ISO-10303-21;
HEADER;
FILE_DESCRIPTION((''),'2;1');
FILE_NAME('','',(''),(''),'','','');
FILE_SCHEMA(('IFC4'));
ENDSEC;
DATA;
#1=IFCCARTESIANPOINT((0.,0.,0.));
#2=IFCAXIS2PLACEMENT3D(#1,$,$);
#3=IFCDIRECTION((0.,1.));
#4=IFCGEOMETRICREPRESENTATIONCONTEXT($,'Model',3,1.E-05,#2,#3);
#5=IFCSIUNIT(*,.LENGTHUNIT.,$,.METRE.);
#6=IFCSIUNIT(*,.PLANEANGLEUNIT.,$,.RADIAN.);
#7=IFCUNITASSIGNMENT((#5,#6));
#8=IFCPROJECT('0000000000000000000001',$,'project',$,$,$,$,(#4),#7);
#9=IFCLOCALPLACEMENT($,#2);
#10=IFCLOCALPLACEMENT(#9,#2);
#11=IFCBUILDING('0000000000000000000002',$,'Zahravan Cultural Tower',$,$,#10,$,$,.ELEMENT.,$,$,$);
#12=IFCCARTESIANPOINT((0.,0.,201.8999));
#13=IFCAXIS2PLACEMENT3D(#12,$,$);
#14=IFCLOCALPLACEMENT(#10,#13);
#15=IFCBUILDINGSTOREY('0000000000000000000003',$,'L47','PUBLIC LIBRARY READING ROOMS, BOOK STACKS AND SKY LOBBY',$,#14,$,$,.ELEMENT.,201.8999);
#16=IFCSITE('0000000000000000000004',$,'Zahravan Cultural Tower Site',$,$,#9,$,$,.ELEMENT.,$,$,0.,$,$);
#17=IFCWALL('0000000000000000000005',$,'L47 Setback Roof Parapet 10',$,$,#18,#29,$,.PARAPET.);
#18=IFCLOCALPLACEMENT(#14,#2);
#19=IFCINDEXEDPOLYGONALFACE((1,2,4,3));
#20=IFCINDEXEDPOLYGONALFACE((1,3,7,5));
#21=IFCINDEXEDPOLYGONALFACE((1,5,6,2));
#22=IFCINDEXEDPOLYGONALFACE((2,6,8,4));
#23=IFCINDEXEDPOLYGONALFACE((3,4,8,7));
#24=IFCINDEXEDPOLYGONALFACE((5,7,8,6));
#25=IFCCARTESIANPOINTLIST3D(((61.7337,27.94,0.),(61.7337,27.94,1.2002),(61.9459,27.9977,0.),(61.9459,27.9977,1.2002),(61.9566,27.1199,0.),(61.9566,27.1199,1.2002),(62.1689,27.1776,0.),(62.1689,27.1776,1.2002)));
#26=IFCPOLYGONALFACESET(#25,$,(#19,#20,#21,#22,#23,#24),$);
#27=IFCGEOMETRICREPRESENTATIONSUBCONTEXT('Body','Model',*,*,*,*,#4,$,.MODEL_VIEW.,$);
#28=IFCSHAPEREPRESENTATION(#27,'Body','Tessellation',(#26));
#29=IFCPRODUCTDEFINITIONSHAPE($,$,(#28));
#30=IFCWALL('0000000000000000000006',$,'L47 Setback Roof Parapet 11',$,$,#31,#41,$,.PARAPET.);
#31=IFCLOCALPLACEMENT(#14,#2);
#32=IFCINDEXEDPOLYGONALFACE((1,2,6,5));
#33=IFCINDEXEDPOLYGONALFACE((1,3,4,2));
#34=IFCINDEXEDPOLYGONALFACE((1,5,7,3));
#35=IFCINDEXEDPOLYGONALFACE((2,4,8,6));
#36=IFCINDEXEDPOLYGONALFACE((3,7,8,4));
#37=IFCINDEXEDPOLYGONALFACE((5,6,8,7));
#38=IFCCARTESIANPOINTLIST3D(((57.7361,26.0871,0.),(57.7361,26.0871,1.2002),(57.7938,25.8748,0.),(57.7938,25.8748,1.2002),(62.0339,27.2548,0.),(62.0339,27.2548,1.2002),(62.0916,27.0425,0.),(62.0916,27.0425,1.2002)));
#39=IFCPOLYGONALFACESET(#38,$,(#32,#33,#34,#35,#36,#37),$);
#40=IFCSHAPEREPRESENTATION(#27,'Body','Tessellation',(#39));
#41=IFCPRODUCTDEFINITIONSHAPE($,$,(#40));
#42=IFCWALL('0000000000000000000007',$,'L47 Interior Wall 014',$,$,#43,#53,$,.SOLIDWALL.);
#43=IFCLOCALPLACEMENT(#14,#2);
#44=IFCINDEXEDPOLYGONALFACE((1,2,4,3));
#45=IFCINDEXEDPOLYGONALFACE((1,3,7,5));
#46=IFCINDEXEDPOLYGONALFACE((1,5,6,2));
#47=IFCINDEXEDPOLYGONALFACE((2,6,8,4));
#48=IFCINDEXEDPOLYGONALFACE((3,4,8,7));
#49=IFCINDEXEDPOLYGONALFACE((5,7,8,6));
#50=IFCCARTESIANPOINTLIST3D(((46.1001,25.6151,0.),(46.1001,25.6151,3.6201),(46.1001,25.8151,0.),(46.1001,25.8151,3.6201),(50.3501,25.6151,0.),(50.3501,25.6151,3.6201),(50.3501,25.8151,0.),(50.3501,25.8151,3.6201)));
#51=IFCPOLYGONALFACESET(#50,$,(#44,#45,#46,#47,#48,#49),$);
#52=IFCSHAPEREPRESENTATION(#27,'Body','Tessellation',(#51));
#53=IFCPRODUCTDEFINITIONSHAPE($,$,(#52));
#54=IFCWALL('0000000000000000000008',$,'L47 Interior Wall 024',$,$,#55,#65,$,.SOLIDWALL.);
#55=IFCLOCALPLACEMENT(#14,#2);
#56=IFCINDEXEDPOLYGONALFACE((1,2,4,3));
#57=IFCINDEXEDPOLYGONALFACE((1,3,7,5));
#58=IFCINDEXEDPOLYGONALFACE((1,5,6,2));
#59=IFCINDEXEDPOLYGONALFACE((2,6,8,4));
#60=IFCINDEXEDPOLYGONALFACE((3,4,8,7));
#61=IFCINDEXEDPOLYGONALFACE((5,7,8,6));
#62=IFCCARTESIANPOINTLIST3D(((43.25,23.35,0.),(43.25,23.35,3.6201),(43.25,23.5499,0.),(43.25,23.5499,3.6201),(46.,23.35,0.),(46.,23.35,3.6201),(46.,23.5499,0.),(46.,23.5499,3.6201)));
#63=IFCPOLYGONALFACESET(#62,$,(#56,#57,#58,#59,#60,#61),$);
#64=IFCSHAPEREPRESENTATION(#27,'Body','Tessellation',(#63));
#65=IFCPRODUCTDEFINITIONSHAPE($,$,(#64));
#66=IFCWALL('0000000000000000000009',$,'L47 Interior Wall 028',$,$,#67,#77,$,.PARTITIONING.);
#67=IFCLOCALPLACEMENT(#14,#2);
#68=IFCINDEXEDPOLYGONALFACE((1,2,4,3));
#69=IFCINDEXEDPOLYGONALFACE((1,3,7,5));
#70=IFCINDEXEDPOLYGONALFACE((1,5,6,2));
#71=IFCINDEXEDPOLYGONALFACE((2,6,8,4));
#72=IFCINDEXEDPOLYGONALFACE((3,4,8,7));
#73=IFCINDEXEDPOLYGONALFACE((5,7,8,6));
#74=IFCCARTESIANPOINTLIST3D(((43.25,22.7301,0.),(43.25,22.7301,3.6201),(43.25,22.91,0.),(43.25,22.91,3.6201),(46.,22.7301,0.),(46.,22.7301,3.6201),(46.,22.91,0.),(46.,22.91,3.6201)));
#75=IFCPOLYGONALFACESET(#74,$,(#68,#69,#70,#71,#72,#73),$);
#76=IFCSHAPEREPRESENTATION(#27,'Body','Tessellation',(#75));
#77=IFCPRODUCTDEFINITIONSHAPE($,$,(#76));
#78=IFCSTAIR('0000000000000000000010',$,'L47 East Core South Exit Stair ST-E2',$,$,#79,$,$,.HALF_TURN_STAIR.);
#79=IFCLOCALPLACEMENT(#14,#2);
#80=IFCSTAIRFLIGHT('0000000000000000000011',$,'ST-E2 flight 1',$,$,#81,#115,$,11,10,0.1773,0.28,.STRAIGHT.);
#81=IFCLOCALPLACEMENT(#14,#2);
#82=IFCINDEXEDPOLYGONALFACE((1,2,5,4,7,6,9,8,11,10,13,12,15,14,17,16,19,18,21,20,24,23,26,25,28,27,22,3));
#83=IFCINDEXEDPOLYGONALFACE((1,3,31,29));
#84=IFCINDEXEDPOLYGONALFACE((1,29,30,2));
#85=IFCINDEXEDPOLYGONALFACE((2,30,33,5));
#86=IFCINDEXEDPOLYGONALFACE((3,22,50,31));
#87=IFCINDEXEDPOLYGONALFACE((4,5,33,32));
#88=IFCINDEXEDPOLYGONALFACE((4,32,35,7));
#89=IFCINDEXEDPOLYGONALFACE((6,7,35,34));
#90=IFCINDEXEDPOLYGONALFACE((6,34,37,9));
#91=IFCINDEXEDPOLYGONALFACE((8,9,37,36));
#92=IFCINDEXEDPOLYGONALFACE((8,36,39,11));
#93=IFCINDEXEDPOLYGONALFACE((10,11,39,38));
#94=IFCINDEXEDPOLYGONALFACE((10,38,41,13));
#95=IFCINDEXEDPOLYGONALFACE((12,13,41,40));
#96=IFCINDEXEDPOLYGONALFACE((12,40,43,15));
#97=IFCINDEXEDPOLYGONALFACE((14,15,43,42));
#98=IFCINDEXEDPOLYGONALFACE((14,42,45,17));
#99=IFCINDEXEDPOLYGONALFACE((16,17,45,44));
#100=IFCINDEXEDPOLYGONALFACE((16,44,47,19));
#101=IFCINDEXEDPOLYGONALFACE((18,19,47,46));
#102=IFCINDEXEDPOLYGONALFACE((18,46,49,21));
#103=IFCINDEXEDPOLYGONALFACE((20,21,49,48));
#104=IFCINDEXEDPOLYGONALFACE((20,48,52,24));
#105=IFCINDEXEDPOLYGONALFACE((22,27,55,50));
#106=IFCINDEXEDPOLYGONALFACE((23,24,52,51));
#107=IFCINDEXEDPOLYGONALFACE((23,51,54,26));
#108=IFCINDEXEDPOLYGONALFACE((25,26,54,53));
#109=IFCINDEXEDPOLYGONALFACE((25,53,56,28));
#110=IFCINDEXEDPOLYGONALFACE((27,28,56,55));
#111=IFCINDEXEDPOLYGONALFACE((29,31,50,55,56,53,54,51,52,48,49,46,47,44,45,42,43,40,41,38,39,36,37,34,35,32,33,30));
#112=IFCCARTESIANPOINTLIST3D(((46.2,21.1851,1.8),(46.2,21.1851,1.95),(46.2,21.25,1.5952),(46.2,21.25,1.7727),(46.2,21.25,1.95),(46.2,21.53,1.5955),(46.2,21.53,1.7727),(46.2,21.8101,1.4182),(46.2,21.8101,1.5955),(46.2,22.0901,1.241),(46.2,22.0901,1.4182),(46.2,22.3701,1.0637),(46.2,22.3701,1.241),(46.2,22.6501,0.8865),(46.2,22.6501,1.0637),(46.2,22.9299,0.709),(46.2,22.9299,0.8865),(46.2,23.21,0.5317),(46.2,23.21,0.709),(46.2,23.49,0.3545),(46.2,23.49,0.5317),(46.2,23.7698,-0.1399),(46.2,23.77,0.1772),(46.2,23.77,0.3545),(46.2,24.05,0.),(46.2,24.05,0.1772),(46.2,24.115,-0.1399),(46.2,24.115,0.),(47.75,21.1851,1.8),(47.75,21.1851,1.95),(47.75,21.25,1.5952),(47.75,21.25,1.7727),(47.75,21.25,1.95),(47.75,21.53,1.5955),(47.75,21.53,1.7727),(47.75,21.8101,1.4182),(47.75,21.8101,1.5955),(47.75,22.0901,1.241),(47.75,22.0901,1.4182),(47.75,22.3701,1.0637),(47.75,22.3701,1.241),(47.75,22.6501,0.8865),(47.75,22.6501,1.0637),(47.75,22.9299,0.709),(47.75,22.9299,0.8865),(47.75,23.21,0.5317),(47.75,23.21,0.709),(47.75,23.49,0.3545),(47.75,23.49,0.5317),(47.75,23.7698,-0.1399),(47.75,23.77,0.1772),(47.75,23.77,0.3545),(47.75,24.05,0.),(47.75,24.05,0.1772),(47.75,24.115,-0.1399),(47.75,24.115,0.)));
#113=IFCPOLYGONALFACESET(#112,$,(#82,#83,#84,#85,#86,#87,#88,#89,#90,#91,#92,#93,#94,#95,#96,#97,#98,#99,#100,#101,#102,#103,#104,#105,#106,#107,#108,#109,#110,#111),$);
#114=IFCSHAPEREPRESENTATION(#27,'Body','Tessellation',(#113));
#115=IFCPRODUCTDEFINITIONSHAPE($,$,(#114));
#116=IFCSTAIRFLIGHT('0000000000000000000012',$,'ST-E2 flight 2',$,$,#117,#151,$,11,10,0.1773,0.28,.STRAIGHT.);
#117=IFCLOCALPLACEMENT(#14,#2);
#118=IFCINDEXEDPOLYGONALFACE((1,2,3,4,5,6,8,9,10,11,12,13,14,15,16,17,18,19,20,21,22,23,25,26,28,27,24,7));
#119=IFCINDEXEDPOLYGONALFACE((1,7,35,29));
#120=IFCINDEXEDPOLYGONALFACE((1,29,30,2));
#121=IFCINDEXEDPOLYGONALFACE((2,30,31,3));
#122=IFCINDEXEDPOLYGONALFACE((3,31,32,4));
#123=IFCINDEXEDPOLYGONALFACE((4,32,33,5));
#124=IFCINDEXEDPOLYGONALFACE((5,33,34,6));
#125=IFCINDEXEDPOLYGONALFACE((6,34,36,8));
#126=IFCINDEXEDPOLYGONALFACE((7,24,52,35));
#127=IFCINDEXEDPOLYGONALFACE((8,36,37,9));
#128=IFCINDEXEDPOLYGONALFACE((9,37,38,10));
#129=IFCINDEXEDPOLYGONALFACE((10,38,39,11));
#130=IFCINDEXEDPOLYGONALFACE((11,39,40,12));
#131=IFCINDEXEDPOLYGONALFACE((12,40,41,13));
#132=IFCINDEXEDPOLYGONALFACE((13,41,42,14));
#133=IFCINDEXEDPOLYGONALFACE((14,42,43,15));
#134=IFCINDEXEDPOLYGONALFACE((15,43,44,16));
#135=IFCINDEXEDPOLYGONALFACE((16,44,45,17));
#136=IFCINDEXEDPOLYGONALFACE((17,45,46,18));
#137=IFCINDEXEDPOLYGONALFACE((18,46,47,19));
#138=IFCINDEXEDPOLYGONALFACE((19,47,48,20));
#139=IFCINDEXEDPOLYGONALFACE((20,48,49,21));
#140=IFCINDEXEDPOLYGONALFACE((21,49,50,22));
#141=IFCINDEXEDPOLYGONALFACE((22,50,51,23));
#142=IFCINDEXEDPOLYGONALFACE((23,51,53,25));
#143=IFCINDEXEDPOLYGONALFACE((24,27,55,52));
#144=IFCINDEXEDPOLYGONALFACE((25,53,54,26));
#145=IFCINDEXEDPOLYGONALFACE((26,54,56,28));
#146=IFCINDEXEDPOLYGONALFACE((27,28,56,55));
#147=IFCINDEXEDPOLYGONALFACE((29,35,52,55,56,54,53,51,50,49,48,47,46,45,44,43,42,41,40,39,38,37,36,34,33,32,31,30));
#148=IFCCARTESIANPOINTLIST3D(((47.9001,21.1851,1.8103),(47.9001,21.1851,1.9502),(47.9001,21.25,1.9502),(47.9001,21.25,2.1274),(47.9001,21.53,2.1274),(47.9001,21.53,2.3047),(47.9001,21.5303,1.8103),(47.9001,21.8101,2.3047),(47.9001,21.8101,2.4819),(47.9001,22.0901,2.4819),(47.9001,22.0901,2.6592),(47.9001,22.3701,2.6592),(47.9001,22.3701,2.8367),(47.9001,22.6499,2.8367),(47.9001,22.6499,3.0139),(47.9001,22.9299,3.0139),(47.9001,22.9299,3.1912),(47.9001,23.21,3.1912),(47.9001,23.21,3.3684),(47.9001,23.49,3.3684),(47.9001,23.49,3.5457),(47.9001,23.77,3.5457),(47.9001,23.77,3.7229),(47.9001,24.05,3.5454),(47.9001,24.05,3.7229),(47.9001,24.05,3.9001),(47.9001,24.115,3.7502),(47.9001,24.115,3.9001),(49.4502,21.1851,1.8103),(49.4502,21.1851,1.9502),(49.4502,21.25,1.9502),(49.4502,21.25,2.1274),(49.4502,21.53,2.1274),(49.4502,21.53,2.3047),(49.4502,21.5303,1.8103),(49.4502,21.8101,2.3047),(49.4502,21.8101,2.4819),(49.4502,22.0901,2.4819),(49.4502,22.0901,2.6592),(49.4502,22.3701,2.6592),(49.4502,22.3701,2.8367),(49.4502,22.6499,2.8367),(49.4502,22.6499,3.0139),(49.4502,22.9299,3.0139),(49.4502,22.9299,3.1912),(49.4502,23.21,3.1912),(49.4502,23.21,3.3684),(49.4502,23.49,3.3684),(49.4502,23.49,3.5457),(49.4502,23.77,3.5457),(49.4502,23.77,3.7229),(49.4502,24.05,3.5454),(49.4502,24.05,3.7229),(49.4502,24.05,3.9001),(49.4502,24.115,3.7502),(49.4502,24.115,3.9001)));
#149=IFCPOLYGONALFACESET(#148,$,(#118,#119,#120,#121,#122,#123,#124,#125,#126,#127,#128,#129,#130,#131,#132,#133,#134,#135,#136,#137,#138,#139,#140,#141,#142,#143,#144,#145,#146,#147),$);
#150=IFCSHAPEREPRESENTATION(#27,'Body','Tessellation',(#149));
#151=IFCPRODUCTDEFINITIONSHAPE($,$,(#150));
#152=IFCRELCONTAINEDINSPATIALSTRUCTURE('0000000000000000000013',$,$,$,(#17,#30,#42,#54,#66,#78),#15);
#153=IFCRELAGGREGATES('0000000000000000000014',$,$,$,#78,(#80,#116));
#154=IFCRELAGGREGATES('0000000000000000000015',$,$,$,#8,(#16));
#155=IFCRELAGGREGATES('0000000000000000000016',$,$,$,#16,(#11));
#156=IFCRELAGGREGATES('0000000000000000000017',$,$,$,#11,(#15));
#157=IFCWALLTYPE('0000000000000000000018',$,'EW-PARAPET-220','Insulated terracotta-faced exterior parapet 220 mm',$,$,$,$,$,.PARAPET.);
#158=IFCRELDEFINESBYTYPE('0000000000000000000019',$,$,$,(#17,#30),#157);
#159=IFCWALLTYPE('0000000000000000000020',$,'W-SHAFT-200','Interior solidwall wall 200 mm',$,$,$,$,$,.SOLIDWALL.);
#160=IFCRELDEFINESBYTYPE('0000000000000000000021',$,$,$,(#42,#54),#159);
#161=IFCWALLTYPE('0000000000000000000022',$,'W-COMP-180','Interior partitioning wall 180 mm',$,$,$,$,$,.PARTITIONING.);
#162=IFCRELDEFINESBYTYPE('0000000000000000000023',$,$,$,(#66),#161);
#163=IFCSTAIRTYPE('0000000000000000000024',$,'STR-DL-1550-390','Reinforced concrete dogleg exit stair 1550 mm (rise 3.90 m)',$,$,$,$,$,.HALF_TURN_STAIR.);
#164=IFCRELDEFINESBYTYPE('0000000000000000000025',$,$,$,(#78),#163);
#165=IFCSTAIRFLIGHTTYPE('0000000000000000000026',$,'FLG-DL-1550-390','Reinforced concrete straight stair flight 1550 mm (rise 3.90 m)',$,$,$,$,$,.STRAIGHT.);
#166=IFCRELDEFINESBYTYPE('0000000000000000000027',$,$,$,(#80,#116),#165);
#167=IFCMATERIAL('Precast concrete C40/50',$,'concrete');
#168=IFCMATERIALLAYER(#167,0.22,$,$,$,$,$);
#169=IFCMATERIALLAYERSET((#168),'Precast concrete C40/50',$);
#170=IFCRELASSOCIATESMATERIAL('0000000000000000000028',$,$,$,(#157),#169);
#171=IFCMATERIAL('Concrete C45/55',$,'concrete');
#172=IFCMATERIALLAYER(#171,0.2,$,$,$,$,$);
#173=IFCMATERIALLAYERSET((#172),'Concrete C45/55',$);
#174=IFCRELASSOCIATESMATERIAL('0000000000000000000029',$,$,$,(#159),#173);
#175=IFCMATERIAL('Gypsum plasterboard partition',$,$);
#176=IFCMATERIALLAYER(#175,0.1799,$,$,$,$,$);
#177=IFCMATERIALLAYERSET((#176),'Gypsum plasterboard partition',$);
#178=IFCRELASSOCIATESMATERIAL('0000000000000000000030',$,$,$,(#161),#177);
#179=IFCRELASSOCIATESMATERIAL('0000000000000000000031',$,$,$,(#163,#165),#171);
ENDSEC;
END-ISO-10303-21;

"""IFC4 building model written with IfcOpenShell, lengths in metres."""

from ifc_helpers import new_model, si_unit, direction, frame, frame_2d, origin, place, context, subcontext, project, spatial, polyline, rectangle, outline, extrude, source, transform, mapped, material, layer, layer_set, type_object, element, aggregate, save


model = new_model("IFC4")

# Units and contexts
model_context = context("Model", 3, precision=1e-05, world=origin(), true_north=direction((0.0, 1.0)))
body_context = subcontext(model_context, "Body", "Model", "MODEL_VIEW")
ifc_project = project(units=[si_unit("LENGTHUNIT", "METRE"), si_unit("PLANEANGLEUNIT", "RADIAN")], contexts=[model_context])

# Site, building, storey
site_placement = place(None, origin())
site = spatial("IfcSite", under=ifc_project, at=site_placement, Name="Zahravan Cultural Tower Site", CompositionType="ELEMENT", RefElevation=0.0)
building_placement = place(site_placement, origin())
building = spatial("IfcBuilding", under=site, at=building_placement, Name="Zahravan Cultural Tower", CompositionType="ELEMENT")
storey_placement = place(building_placement, frame((0.0, 0.0, 201.8999)))
storey = spatial("IfcBuildingStorey", under=building, at=storey_placement, Name="L47", Description="PUBLIC LIBRARY READING ROOMS, BOOK STACKS AND SKY LOBBY", CompositionType="ELEMENT", Elevation=201.8999)

# Shared definitions
ifc_material_1 = material(Name="Precast concrete C40/50", Category="concrete")

# Walls
ifc_layer_1 = layer(ifc_material_1, 0.22)
ifc_layer_set_1 = layer_set([ifc_layer_1], Name="Precast concrete C40/50")
wall_type_1 = type_object("IfcWallType", Name="EW-PARAPET-220", Description="Insulated terracotta-faced exterior parapet 220 mm", PredefinedType="PARAPET", material=ifc_layer_set_1)
shared_shape_1 = source(origin(), body_context, "Body", "SweptSolid", [
    extrude(rectangle(XDim=0.8499, YDim=0.22, at=frame_2d((0.4248, 0.0))), origin(), (0.0, 0.0, 1.0), 1.2002),
])
wall_1_placement = place(storey_placement, frame((61.8398, 27.9688, 0.0), z_axis=(0.0, 0.0, 1.0), x_axis=(0.262291, -0.964989, 0.0)))
element("IfcWall", 1, at=wall_1_placement, inside=storey, type_object=wall_type_1, Name="L47 Setback Roof Parapet 10", PredefinedType="PARAPET", context=body_context, shape_type="MappedRepresentation", body=[
    mapped(shared_shape_1, transform((0.0, 0.0, 0.0), x_axis=(1.0, 0.0, 0.0), y_axis=(0.0, 1.0, 0.0), z_axis=(0.0, 0.0, 1.0), scale=1.0)),
])
shared_shape_2 = source(origin(), body_context, "Body", "SweptSolid", [
    extrude(rectangle(XDim=4.4536, YDim=0.22, at=frame_2d((2.2268, 0.0))), origin(), (0.0, 0.0, 1.0), 1.2002),
])
wall_2_placement = place(storey_placement, frame((62.0627, 27.1487, 0.0), z_axis=(0.0, 0.0, 1.0), x_axis=(-0.965015, -0.262194, 0.0)))
element("IfcWall", 2, at=wall_2_placement, inside=storey, type_object=wall_type_1, Name="L47 Setback Roof Parapet 11", PredefinedType="PARAPET", context=body_context, shape_type="MappedRepresentation", body=[
    mapped(shared_shape_2, transform((0.0, 0.0, 0.0), x_axis=(1.0, 0.0, 0.0), y_axis=(0.0, 1.0, 0.0), z_axis=(0.0, 0.0, 1.0), scale=1.0)),
])
ifc_material_2 = material(Name="Concrete C45/55", Category="concrete")
ifc_layer_2 = layer(ifc_material_2, 0.2)
ifc_layer_set_2 = layer_set([ifc_layer_2], Name="Concrete C45/55")
wall_type_2 = type_object("IfcWallType", Name="W-SHAFT-200", Description="Interior solidwall wall 200 mm", PredefinedType="SOLIDWALL", material=ifc_layer_set_2)
shared_shape_3 = source(origin(), body_context, "Body", "SweptSolid", [
    extrude(rectangle(XDim=4.25, YDim=0.2, at=frame_2d((2.125, 0.0))), origin(), (0.0, 0.0, 1.0), 3.6201),
])
wall_3_placement = place(storey_placement, frame((46.1001, 25.7151, 0.0), z_axis=(0.0, 0.0, 1.0), x_axis=(1.0, 0.0, 0.0)))
element("IfcWall", 3, at=wall_3_placement, inside=storey, type_object=wall_type_2, Name="L47 Interior Wall 014", PredefinedType="SOLIDWALL", context=body_context, shape_type="MappedRepresentation", body=[
    mapped(shared_shape_3, transform((0.0, 0.0, 0.0), x_axis=(1.0, 0.0, 0.0), y_axis=(0.0, 1.0, 0.0), z_axis=(0.0, 0.0, 1.0), scale=1.0)),
])
shared_shape_4 = source(origin(), body_context, "Body", "SweptSolid", [
    extrude(rectangle(XDim=2.75, YDim=0.2, at=frame_2d((1.375, 0.0))), origin(), (0.0, 0.0, 1.0), 3.6201),
])
wall_4_placement = place(storey_placement, frame((43.25, 23.45, 0.0), z_axis=(0.0, 0.0, 1.0), x_axis=(1.0, 0.0, 0.0)))
element("IfcWall", 4, at=wall_4_placement, inside=storey, type_object=wall_type_2, Name="L47 Interior Wall 024", PredefinedType="SOLIDWALL", context=body_context, shape_type="MappedRepresentation", body=[
    mapped(shared_shape_4, transform((0.0, 0.0, 0.0), x_axis=(1.0, 0.0, 0.0), y_axis=(0.0, 1.0, 0.0), z_axis=(0.0, 0.0, 1.0), scale=1.0)),
])
ifc_material_3 = material(Name="Gypsum plasterboard partition")
ifc_layer_3 = layer(ifc_material_3, 0.1799)
ifc_layer_set_3 = layer_set([ifc_layer_3], Name="Gypsum plasterboard partition")
wall_type_3 = type_object("IfcWallType", Name="W-COMP-180", Description="Interior partitioning wall 180 mm", PredefinedType="PARTITIONING", material=ifc_layer_set_3)
shared_shape_5 = source(origin(), body_context, "Body", "SweptSolid", [
    extrude(rectangle(XDim=2.75, YDim=0.1799, at=frame_2d((1.375, 0.0))), origin(), (0.0, 0.0, 1.0), 3.6201),
])
wall_5_placement = place(storey_placement, frame((43.25, 22.8201, 0.0), z_axis=(0.0, 0.0, 1.0), x_axis=(1.0, 0.0, 0.0)))
element("IfcWall", 5, at=wall_5_placement, inside=storey, type_object=wall_type_3, Name="L47 Interior Wall 028", PredefinedType="PARTITIONING", context=body_context, shape_type="MappedRepresentation", body=[
    mapped(shared_shape_5, transform((0.0, 0.0, 0.0), x_axis=(1.0, 0.0, 0.0), y_axis=(0.0, 1.0, 0.0), z_axis=(0.0, 0.0, 1.0), scale=1.0)),
])

# Stair, stair flights
stair_type = type_object("IfcStairType", Name="STR-DL-1550-390", Description="Reinforced concrete dogleg exit stair 1550 mm (rise 3.90 m)", PredefinedType="HALF_TURN_STAIR", material=ifc_material_2)
stair_placement = place(storey_placement, origin())
stair = element("IfcStair", 6, at=stair_placement, inside=storey, type_object=stair_type, Name="L47 East Core South Exit Stair ST-E2", PredefinedType="HALF_TURN_STAIR")
stair_flight_type = type_object("IfcStairFlightType", Name="FLG-DL-1550-390", Description="Reinforced concrete straight stair flight 1550 mm (rise 3.90 m)", PredefinedType="STRAIGHT", material=ifc_material_2)
stair_flight_1_placement = place(storey_placement, frame((46.9751, 24.05, 0.0), z_axis=(0.0, 0.0, 1.0), x_axis=(0.0, -1.0, 0.0)))
stair_flight_1 = element("IfcStairFlight", 7, at=stair_flight_1_placement, type_object=stair_flight_type, Name="ST-E2 flight 1", NumberOfRisers=11, NumberOfTreads=10, PredefinedType="STRAIGHT", RiserHeight=0.1773, TreadLength=0.28, context=body_context, shape_type="SweptSolid", body=[
    extrude(outline(polyline([(-0.0649, -0.1399), (-0.0649, 0.0), (0.0, 0.0), (0.0, 0.1772), (0.28, 0.1772), (0.28, 0.3545), (0.5601, 0.3545), (0.5601, 0.5317), (0.8401, 0.5317), (0.8401, 0.709), (1.1201, 0.709), (1.1201, 0.8865), (1.3999, 0.8865), (1.3999, 1.0637), (1.6799, 1.0637), (1.6799, 1.241), (1.96, 1.241), (1.96, 1.4182), (2.24, 1.4182), (2.24, 1.5955), (2.52, 1.5955), (2.52, 1.7727), (2.8, 1.7727), (2.8, 1.95), (2.865, 1.95), (2.865, 1.8), (2.8, 1.5952), (0.2803, -0.1399), (-0.0649, -0.1399)])), frame((0.0, 0.7749, 0.0), z_axis=(0.0, -1.0, 0.0), x_axis=(1.0, 0.0, 0.0)), (0.0, 0.0, 1.0), 1.55),
])
stair_flight_2_placement = place(storey_placement, frame((48.675, 21.25, 1.9502), z_axis=(0.0, 0.0, 1.0), x_axis=(0.0, 1.0, 0.0)))
stair_flight_2 = element("IfcStairFlight", 8, at=stair_flight_2_placement, type_object=stair_flight_type, Name="ST-E2 flight 2", NumberOfRisers=11, NumberOfTreads=10, PredefinedType="STRAIGHT", RiserHeight=0.1773, TreadLength=0.28, context=body_context, shape_type="SweptSolid", body=[
    extrude(outline(polyline([(-0.0649, -0.1399), (-0.0649, 0.0), (0.0, 0.0), (0.0, 0.1772), (0.28, 0.1772), (0.28, 0.3545), (0.5601, 0.3545), (0.5601, 0.5317), (0.8401, 0.5317), (0.8401, 0.709), (1.1201, 0.709), (1.1201, 0.8865), (1.3999, 0.8865), (1.3999, 1.0637), (1.6799, 1.0637), (1.6799, 1.241), (1.96, 1.241), (1.96, 1.4182), (2.24, 1.4182), (2.24, 1.5955), (2.52, 1.5955), (2.52, 1.7727), (2.8, 1.7727), (2.8, 1.95), (2.865, 1.95), (2.865, 1.8), (2.8, 1.5952), (0.2803, -0.1399), (-0.0649, -0.1399)])), frame((0.0, 0.7749, 0.0), z_axis=(0.0, -1.0, 0.0), x_axis=(1.0, 0.0, 0.0)), (0.0, 0.0, 1.0), 1.55),
])
aggregate(stair, [stair_flight_1, stair_flight_2])

save(model, "model.ifc")
